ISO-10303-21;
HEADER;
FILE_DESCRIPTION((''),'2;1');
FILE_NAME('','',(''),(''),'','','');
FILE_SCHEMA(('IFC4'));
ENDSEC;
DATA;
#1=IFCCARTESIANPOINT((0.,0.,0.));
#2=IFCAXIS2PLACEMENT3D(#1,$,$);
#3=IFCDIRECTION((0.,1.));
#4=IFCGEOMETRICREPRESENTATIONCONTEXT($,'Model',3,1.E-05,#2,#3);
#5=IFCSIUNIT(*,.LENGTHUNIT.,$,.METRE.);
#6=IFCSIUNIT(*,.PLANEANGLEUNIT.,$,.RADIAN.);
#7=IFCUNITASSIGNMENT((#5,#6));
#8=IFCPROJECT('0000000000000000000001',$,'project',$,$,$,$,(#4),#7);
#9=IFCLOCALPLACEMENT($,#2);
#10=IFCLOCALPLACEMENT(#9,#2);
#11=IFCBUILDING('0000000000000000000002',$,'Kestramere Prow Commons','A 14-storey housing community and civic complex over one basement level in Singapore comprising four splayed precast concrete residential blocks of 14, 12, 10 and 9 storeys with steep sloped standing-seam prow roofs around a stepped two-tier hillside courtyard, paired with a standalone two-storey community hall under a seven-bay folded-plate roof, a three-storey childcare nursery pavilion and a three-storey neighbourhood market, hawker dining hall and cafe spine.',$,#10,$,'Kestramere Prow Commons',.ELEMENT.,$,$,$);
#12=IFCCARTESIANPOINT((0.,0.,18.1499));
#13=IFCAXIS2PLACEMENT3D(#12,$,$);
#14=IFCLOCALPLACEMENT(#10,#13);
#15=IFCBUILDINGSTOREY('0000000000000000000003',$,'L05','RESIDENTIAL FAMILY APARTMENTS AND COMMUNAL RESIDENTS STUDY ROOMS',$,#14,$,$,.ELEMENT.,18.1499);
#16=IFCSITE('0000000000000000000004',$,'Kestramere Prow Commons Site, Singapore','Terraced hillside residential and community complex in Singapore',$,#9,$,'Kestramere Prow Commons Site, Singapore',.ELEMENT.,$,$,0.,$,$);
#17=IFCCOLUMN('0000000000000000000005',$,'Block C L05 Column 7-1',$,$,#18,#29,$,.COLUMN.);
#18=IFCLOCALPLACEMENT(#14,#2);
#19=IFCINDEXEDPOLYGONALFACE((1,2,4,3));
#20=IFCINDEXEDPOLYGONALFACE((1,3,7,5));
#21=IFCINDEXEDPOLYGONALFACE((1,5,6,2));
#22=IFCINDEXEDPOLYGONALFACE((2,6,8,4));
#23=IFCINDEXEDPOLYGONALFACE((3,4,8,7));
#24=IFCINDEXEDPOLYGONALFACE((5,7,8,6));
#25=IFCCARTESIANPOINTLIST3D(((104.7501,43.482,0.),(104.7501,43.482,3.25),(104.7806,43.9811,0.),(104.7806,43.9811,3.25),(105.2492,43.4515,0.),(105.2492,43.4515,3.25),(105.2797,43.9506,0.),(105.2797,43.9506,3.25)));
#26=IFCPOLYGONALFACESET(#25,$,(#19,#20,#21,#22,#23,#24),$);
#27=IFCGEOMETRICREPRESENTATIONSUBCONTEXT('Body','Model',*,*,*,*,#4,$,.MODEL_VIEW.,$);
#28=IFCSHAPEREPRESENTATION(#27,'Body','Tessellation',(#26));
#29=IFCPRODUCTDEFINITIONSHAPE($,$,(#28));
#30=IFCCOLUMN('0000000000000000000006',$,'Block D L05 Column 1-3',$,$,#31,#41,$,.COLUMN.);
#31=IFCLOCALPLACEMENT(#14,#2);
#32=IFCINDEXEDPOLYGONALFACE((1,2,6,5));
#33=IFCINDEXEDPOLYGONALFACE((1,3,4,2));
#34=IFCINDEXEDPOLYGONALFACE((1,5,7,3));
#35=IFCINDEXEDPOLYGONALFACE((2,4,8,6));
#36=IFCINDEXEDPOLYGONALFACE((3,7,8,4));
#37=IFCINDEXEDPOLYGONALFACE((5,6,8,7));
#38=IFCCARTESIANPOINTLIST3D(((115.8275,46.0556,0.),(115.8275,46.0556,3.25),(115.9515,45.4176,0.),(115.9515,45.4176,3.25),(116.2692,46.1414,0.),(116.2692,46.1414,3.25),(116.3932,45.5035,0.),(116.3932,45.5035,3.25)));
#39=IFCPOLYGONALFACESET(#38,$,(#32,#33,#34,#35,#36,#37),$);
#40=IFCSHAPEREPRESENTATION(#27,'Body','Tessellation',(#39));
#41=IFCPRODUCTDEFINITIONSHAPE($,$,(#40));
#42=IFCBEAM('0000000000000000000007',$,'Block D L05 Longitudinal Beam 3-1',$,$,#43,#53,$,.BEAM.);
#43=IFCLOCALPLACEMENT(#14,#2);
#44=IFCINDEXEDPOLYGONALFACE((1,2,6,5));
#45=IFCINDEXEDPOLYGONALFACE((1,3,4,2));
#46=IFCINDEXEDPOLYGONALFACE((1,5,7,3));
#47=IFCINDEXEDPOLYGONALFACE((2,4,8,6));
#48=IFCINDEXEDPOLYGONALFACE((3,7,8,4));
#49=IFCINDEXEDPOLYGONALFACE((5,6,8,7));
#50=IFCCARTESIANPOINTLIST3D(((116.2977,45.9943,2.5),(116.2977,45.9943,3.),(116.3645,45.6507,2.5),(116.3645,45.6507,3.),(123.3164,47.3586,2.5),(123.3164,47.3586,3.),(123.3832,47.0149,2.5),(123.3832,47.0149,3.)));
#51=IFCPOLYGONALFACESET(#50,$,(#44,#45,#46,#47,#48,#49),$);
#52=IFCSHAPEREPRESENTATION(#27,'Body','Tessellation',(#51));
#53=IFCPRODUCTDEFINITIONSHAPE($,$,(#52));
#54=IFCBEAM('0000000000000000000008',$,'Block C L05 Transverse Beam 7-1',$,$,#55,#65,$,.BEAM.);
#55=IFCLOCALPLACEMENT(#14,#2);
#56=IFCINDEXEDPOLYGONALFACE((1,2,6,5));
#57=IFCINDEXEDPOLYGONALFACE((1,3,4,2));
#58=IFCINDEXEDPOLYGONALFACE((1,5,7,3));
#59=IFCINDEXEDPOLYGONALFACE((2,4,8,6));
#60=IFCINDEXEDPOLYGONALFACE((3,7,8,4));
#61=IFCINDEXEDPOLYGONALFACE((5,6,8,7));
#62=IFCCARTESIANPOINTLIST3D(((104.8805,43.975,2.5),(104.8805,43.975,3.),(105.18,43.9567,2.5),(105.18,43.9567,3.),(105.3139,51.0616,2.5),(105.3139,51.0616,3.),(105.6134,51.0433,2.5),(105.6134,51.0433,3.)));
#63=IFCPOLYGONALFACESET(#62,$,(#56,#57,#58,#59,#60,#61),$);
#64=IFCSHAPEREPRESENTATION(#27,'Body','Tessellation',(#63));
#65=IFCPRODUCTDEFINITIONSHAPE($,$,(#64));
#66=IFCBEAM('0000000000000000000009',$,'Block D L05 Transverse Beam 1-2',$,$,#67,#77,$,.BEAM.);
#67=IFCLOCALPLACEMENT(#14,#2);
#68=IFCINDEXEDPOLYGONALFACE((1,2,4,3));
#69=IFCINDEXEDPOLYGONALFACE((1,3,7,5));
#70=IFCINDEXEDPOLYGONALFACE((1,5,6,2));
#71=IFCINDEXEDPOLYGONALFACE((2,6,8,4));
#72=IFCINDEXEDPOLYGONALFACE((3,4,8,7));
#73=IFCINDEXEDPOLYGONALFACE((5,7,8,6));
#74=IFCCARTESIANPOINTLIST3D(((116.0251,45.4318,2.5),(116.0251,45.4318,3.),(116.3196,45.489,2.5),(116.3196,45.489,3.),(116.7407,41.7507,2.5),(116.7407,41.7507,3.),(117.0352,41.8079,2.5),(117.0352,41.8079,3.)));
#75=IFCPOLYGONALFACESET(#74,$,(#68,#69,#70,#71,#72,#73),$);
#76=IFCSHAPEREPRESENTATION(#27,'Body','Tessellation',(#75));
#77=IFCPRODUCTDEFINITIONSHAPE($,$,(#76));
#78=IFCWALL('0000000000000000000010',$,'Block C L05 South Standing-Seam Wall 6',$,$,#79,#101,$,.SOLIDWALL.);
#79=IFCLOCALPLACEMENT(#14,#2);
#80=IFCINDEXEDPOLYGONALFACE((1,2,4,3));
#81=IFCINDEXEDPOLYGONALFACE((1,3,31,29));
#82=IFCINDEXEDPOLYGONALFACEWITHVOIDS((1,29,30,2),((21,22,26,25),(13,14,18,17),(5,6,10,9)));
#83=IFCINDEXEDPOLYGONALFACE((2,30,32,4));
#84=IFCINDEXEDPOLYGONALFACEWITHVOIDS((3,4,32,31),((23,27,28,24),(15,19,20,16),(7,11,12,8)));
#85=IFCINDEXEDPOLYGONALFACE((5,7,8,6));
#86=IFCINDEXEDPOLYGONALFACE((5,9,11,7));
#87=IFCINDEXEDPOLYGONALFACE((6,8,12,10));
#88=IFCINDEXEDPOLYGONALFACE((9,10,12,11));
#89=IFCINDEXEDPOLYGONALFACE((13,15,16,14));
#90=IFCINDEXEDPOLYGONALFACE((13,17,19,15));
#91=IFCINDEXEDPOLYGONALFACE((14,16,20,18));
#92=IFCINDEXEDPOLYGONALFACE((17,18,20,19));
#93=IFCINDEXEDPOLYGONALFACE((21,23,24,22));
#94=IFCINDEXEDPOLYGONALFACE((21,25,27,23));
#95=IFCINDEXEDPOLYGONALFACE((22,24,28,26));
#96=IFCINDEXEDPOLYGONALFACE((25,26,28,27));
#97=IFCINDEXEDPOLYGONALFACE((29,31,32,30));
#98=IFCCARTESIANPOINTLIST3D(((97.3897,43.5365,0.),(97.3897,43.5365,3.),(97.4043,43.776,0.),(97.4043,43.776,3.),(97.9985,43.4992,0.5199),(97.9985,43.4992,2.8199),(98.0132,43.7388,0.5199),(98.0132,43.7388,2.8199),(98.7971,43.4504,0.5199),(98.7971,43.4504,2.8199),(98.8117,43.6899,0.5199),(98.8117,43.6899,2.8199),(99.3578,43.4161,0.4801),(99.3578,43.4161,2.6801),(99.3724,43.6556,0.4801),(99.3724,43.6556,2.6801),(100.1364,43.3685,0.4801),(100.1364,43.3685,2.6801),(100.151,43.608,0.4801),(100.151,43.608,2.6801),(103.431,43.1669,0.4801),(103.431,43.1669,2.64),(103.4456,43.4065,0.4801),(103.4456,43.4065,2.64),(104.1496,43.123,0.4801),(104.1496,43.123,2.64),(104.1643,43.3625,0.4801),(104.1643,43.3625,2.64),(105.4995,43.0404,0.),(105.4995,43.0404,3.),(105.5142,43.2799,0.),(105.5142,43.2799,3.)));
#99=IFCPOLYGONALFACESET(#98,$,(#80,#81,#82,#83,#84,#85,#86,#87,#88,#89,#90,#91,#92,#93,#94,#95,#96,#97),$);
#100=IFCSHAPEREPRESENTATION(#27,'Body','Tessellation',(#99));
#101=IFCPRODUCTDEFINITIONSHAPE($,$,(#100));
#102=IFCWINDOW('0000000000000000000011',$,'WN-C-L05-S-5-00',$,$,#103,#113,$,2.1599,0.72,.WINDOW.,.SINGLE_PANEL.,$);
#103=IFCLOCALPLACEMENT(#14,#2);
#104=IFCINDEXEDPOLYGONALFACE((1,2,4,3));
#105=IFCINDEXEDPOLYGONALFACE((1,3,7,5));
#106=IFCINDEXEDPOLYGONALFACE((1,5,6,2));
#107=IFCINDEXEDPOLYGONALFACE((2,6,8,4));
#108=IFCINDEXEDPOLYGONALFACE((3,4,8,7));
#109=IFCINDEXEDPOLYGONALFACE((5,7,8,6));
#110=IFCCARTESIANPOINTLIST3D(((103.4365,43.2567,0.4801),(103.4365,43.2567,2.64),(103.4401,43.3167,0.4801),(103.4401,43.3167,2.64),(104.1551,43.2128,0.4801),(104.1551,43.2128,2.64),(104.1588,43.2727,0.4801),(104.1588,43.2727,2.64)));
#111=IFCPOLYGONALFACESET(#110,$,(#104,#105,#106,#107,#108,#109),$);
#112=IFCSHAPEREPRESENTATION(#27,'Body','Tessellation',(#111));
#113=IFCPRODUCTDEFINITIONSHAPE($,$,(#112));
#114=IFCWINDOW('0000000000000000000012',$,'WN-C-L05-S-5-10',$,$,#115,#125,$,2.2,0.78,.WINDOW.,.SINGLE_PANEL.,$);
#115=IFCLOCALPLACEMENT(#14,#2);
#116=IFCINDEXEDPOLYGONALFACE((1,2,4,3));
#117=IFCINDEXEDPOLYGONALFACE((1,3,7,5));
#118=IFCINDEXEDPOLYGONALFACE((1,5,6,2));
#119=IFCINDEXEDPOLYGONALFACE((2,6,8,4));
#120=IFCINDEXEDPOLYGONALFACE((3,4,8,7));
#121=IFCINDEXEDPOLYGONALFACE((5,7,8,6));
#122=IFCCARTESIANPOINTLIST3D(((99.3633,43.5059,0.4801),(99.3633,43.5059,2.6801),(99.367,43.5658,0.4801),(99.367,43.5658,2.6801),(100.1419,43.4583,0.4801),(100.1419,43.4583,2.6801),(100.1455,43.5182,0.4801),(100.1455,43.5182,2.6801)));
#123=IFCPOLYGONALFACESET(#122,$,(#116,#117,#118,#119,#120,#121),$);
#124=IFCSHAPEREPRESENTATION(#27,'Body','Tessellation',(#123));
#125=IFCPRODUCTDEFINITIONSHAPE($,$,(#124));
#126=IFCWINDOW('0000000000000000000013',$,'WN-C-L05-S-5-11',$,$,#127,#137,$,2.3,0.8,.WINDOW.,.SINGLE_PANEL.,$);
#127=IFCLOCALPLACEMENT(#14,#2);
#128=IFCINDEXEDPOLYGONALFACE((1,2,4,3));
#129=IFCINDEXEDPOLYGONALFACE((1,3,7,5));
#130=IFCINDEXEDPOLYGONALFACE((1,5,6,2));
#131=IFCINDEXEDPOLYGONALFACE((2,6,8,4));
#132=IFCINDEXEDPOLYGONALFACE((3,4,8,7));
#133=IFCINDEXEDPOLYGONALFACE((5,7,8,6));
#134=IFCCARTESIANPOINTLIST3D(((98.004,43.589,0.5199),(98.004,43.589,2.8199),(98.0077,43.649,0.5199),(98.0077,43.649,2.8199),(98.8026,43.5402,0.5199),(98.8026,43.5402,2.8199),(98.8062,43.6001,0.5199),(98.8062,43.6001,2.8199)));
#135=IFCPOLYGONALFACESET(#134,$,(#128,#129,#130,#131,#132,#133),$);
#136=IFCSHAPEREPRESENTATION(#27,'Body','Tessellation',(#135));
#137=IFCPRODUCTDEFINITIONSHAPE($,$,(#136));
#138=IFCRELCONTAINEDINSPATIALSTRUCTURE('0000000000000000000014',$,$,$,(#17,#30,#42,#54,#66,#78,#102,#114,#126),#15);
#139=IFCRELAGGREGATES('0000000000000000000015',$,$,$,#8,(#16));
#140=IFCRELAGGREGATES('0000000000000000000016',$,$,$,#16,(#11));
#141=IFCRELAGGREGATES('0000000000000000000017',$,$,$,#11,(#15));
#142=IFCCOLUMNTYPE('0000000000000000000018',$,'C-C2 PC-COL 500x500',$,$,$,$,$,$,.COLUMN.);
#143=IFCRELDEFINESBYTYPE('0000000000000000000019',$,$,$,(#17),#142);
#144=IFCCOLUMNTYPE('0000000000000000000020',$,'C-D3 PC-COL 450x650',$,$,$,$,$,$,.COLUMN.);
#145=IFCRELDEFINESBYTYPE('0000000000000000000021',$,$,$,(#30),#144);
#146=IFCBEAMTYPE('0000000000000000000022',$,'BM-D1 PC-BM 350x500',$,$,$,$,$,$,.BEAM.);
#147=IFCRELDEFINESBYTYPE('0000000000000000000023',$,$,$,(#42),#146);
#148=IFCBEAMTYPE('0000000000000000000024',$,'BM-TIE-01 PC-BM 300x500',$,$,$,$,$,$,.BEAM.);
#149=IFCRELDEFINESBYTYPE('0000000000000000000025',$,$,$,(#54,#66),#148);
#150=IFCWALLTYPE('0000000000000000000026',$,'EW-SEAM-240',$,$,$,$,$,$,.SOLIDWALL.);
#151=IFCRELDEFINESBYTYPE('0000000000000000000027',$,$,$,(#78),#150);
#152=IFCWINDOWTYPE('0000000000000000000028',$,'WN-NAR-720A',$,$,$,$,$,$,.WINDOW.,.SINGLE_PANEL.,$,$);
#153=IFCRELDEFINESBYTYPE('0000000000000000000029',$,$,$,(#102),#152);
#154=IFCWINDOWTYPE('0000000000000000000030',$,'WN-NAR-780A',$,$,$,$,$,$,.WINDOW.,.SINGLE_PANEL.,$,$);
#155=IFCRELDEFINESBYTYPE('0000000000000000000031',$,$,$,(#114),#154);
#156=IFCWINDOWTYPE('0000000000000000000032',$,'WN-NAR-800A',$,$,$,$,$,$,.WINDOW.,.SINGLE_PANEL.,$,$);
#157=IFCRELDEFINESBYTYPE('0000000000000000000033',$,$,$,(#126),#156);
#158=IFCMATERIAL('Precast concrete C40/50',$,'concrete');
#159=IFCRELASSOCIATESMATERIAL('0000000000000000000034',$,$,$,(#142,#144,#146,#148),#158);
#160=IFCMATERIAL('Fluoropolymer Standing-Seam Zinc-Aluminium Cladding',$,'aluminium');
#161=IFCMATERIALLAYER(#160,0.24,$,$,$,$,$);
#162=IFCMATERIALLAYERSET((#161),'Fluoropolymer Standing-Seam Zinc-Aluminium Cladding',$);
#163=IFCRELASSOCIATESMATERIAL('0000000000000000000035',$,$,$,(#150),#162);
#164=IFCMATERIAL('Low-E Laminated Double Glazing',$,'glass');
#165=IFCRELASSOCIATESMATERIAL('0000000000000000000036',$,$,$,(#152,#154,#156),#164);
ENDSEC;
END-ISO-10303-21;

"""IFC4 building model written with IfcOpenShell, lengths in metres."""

from ifc_helpers import new_model, si_unit, direction, frame, frame_2d, origin, origin_2d, place, context, subcontext, project, spatial, rectangle, extrude, material, layer, layer_set, material_profile, profile_set, type_object, element, fill, save


model = new_model("IFC4")

# Units and contexts
model_context = context("Model", 3, precision=1e-05, world=origin(), true_north=direction((0.0, 1.0)))
body_context = subcontext(model_context, "Body", "Model", "MODEL_VIEW")
ifc_project = project(units=[si_unit("LENGTHUNIT", "METRE"), si_unit("PLANEANGLEUNIT", "RADIAN")], contexts=[model_context])

# Site, building, storey
site_placement = place(None, origin())
site = spatial("IfcSite", under=ifc_project, at=site_placement, Name="Kestramere Prow Commons Site, Singapore", Description="Terraced hillside residential and community complex in Singapore", LongName="Kestramere Prow Commons Site, Singapore", CompositionType="ELEMENT", RefElevation=0.0)
building_placement = place(site_placement, origin())
building = spatial("IfcBuilding", under=site, at=building_placement, Name="Kestramere Prow Commons", Description="A 14-storey housing community and civic complex over one basement level in Singapore comprising four splayed precast concrete residential blocks of 14, 12, 10 and 9 storeys with steep sloped standing-seam prow roofs around a stepped two-tier hillside courtyard, paired with a standalone two-storey community hall under a seven-bay folded-plate roof, a three-storey childcare nursery pavilion and a three-storey neighbourhood market, hawker dining hall and cafe spine.", LongName="Kestramere Prow Commons", CompositionType="ELEMENT")
storey_placement = place(building_placement, frame((0.0, 0.0, 18.1499)))
storey = spatial("IfcBuildingStorey", under=building, at=storey_placement, Name="L05", Description="RESIDENTIAL FAMILY APARTMENTS AND COMMUNAL RESIDENTS STUDY ROOMS", CompositionType="ELEMENT", Elevation=18.1499)

# Columns
ifc_material_1 = material(Name="Precast concrete C40/50", Category="concrete")
ifc_material_profile_1 = material_profile(ifc_material_1, rectangle(XDim=0.5, YDim=0.5, at=origin_2d()), Name="PC-COL 500x500")
ifc_profile_set_1 = profile_set([ifc_material_profile_1], Name="Precast concrete C40/50")
column_type_1 = type_object("IfcColumnType", Name="C-C2 PC-COL 500x500", PredefinedType="COLUMN", material=ifc_profile_set_1)
column_1_placement = place(storey_placement, frame((105.0149, 43.7163, 0.0), z_axis=(0.0, 0.0, 1.0), x_axis=(0.998135, -0.061049, 0.0)))
element("IfcColumn", 1, at=column_1_placement, inside=storey, type_object=column_type_1, Name="Block C L05 Column 7-1", PredefinedType="COLUMN", context=body_context, shape_type="SweptSolid", body=[
    extrude(rectangle(XDim=0.5, YDim=0.5, at=origin_2d()), origin(), (0.0, 0.0, 1.0), 3.25),
])
ifc_material_profile_2 = material_profile(ifc_material_1, rectangle(XDim=0.45, YDim=0.6499, at=origin_2d()), Name="PC-COL 450x650")
ifc_profile_set_2 = profile_set([ifc_material_profile_2], Name="Precast concrete C40/50")
column_type_2 = type_object("IfcColumnType", Name="C-D3 PC-COL 450x650", PredefinedType="COLUMN", material=ifc_profile_set_2)
column_2_placement = place(storey_placement, frame((116.1104, 45.7795, 0.0), z_axis=(0.0, 0.0, 1.0), x_axis=(0.981627, 0.190809, 0.0)))
element("IfcColumn", 2, at=column_2_placement, inside=storey, type_object=column_type_2, Name="Block D L05 Column 1-3", PredefinedType="COLUMN", context=body_context, shape_type="SweptSolid", body=[
    extrude(rectangle(XDim=0.45, YDim=0.6499, at=origin_2d()), origin(), (0.0, 0.0, 1.0), 3.25),
])

# Beams
ifc_material_profile_3 = material_profile(ifc_material_1, rectangle(XDim=0.3501, YDim=0.5, at=origin_2d()), Name="PC-BM 350x500")
ifc_profile_set_3 = profile_set([ifc_material_profile_3], Name="Precast concrete C40/50")
beam_type_1 = type_object("IfcBeamType", Name="BM-D1 PC-BM 350x500", PredefinedType="BEAM", material=ifc_profile_set_3)
beam_1_placement = place(storey_placement, frame((116.3311, 45.8225, 2.75), z_axis=(0.981629, 0.190801, 0.0), x_axis=(-0.190801, 0.981629, 0.0)))
element("IfcBeam", 3, at=beam_1_placement, inside=storey, type_object=beam_type_1, Name="Block D L05 Longitudinal Beam 3-1", PredefinedType="BEAM", context=body_context, shape_type="SweptSolid", body=[
    extrude(rectangle(XDim=0.3501, YDim=0.5, at=origin_2d()), origin(), (0.0, 0.0, 1.0), 7.1501),
])
ifc_material_profile_4 = material_profile(ifc_material_1, rectangle(XDim=0.3, YDim=0.5, at=origin_2d()), Name="PC-BM 300x500")
ifc_profile_set_4 = profile_set([ifc_material_profile_4], Name="Precast concrete C40/50")
beam_type_2 = type_object("IfcBeamType", Name="BM-TIE-01 PC-BM 300x500", PredefinedType="BEAM", material=ifc_profile_set_4)
beam_2_placement = place(storey_placement, frame((105.0303, 43.9658, 2.75), z_axis=(0.061036, 0.998136, 0.0), x_axis=(-0.998136, 0.061036, 0.0)))
element("IfcBeam", 4, at=beam_2_placement, inside=storey, type_object=beam_type_2, Name="Block C L05 Transverse Beam 7-1", PredefinedType="BEAM", context=body_context, shape_type="SweptSolid", body=[
    extrude(rectangle(XDim=0.3, YDim=0.5, at=origin_2d()), origin(), (0.0, 0.0, 1.0), 7.0999),
])
beam_3_placement = place(storey_placement, frame((116.8879, 41.7793, 2.75), z_axis=(-0.190817, 0.981626, 0.0), x_axis=(-0.981626, -0.190817, 0.0)))
element("IfcBeam", 5, at=beam_3_placement, inside=storey, type_object=beam_type_2, Name="Block D L05 Transverse Beam 1-2", PredefinedType="BEAM", context=body_context, shape_type="SweptSolid", body=[
    extrude(rectangle(XDim=0.3, YDim=0.5, at=origin_2d()), origin(), (0.0, 0.0, 1.0), 3.75),
])

# Wall, openings, windows
ifc_material_2 = material(Name="Fluoropolymer Standing-Seam Zinc-Aluminium Cladding", Category="aluminium")
ifc_layer_1 = layer(ifc_material_2, 0.24)
ifc_layer_set_1 = layer_set([ifc_layer_1], Name="Fluoropolymer Standing-Seam Zinc-Aluminium Cladding")
wall_type_1 = type_object("IfcWallType", Name="EW-SEAM-240", PredefinedType="SOLIDWALL", material=ifc_layer_set_1)
wall_1_placement = place(storey_placement, frame((105.5068, 43.1602, 0.0), z_axis=(0.0, 0.0, 1.0), x_axis=(-0.998134, 0.061058, 0.0)))
wall_1 = element("IfcWall", 6, at=wall_1_placement, inside=storey, type_object=wall_type_1, Name="Block C L05 South Standing-Seam Wall 6", PredefinedType="SOLIDWALL", context=body_context, shape_type="SweptSolid", body=[
    extrude(rectangle(XDim=8.125, YDim=0.24, at=frame_2d((4.0625, 0.0))), origin(), (0.0, 0.0, 1.0), 3.0),
])
opening_1_placement = place(wall_1_placement, frame((1.3525, 0.0, 0.48)))
opening_1 = element("IfcOpeningElement", 7, at=opening_1_placement, cuts=wall_1, PredefinedType="OPENING", context=body_context, shape_type="SweptSolid", body=[
    extrude(rectangle(XDim=0.72, YDim=2.1599, at=frame_2d((0.3599, 1.0801))), frame((0.0, 0.135, 0.0), z_axis=(0.0, -1.0, 0.0), x_axis=(1.0, 0.0, 0.0)), (0.0, 0.0, 1.0), 0.27),
])
opening_2_placement = place(wall_1_placement, frame((5.373, 0.0, 0.48)))
opening_2 = element("IfcOpeningElement", 8, at=opening_2_placement, cuts=wall_1, PredefinedType="OPENING", context=body_context, shape_type="SweptSolid", body=[
    extrude(rectangle(XDim=0.78, YDim=2.2, at=frame_2d((0.3901, 1.1001))), frame((0.0, 0.135, 0.0), z_axis=(0.0, -1.0, 0.0), x_axis=(1.0, 0.0, 0.0)), (0.0, 0.0, 1.0), 0.27),
])
opening_3_placement = place(wall_1_placement, frame((6.7151, 0.0, 0.52)))
opening_3 = element("IfcOpeningElement", 9, at=opening_3_placement, cuts=wall_1, PredefinedType="OPENING", context=body_context, shape_type="SweptSolid", body=[
    extrude(rectangle(XDim=0.8, YDim=2.3, at=frame_2d((0.3999, 1.1499))), frame((0.0, 0.135, 0.0), z_axis=(0.0, -1.0, 0.0), x_axis=(1.0, 0.0, 0.0)), (0.0, 0.0, 1.0), 0.27),
])
ifc_material_3 = material(Name="Low-E Laminated Double Glazing", Category="glass")
window_type_1 = type_object("IfcWindowType", Name="WN-NAR-720A", PartitioningType="SINGLE_PANEL", PredefinedType="WINDOW", material=ifc_material_3)
window_1_placement = place(opening_1_placement, origin())
window_1 = element("IfcWindow", 10, at=window_1_placement, inside=storey, type_object=window_type_1, Name="WN-C-L05-S-5-00", OverallHeight=2.1599, OverallWidth=0.72, PartitioningType="SINGLE_PANEL", PredefinedType="WINDOW", context=body_context, shape_type="SweptSolid", body=[
    extrude(rectangle(XDim=0.72, YDim=2.1599, at=frame_2d((0.3599, 1.0801))), frame((0.0, 0.03, 0.0), z_axis=(0.0, -1.0, 0.0), x_axis=(1.0, 0.0, 0.0)), (0.0, 0.0, 1.0), 0.0601),
])
fill(opening_1, window_1)
window_type_2 = type_object("IfcWindowType", Name="WN-NAR-780A", PartitioningType="SINGLE_PANEL", PredefinedType="WINDOW", material=ifc_material_3)
window_2_placement = place(opening_2_placement, origin())
window_2 = element("IfcWindow", 11, at=window_2_placement, inside=storey, type_object=window_type_2, Name="WN-C-L05-S-5-10", OverallHeight=2.2, OverallWidth=0.78, PartitioningType="SINGLE_PANEL", PredefinedType="WINDOW", context=body_context, shape_type="SweptSolid", body=[
    extrude(rectangle(XDim=0.78, YDim=2.2, at=frame_2d((0.3901, 1.1001))), frame((0.0, 0.03, 0.0), z_axis=(0.0, -1.0, 0.0), x_axis=(1.0, 0.0, 0.0)), (0.0, 0.0, 1.0), 0.0601),
])
fill(opening_2, window_2)
window_type_3 = type_object("IfcWindowType", Name="WN-NAR-800A", PartitioningType="SINGLE_PANEL", PredefinedType="WINDOW", material=ifc_material_3)
window_3_placement = place(opening_3_placement, origin())
window_3 = element("IfcWindow", 12, at=window_3_placement, inside=storey, type_object=window_type_3, Name="WN-C-L05-S-5-11", OverallHeight=2.3, OverallWidth=0.8, PartitioningType="SINGLE_PANEL", PredefinedType="WINDOW", context=body_context, shape_type="SweptSolid", body=[
    extrude(rectangle(XDim=0.8, YDim=2.3, at=frame_2d((0.3999, 1.1499))), frame((0.0, 0.03, 0.0), z_axis=(0.0, -1.0, 0.0), x_axis=(1.0, 0.0, 0.0)), (0.0, 0.0, 1.0), 0.0601),
])
fill(opening_3, window_3)

save(model, "model.ifc")
